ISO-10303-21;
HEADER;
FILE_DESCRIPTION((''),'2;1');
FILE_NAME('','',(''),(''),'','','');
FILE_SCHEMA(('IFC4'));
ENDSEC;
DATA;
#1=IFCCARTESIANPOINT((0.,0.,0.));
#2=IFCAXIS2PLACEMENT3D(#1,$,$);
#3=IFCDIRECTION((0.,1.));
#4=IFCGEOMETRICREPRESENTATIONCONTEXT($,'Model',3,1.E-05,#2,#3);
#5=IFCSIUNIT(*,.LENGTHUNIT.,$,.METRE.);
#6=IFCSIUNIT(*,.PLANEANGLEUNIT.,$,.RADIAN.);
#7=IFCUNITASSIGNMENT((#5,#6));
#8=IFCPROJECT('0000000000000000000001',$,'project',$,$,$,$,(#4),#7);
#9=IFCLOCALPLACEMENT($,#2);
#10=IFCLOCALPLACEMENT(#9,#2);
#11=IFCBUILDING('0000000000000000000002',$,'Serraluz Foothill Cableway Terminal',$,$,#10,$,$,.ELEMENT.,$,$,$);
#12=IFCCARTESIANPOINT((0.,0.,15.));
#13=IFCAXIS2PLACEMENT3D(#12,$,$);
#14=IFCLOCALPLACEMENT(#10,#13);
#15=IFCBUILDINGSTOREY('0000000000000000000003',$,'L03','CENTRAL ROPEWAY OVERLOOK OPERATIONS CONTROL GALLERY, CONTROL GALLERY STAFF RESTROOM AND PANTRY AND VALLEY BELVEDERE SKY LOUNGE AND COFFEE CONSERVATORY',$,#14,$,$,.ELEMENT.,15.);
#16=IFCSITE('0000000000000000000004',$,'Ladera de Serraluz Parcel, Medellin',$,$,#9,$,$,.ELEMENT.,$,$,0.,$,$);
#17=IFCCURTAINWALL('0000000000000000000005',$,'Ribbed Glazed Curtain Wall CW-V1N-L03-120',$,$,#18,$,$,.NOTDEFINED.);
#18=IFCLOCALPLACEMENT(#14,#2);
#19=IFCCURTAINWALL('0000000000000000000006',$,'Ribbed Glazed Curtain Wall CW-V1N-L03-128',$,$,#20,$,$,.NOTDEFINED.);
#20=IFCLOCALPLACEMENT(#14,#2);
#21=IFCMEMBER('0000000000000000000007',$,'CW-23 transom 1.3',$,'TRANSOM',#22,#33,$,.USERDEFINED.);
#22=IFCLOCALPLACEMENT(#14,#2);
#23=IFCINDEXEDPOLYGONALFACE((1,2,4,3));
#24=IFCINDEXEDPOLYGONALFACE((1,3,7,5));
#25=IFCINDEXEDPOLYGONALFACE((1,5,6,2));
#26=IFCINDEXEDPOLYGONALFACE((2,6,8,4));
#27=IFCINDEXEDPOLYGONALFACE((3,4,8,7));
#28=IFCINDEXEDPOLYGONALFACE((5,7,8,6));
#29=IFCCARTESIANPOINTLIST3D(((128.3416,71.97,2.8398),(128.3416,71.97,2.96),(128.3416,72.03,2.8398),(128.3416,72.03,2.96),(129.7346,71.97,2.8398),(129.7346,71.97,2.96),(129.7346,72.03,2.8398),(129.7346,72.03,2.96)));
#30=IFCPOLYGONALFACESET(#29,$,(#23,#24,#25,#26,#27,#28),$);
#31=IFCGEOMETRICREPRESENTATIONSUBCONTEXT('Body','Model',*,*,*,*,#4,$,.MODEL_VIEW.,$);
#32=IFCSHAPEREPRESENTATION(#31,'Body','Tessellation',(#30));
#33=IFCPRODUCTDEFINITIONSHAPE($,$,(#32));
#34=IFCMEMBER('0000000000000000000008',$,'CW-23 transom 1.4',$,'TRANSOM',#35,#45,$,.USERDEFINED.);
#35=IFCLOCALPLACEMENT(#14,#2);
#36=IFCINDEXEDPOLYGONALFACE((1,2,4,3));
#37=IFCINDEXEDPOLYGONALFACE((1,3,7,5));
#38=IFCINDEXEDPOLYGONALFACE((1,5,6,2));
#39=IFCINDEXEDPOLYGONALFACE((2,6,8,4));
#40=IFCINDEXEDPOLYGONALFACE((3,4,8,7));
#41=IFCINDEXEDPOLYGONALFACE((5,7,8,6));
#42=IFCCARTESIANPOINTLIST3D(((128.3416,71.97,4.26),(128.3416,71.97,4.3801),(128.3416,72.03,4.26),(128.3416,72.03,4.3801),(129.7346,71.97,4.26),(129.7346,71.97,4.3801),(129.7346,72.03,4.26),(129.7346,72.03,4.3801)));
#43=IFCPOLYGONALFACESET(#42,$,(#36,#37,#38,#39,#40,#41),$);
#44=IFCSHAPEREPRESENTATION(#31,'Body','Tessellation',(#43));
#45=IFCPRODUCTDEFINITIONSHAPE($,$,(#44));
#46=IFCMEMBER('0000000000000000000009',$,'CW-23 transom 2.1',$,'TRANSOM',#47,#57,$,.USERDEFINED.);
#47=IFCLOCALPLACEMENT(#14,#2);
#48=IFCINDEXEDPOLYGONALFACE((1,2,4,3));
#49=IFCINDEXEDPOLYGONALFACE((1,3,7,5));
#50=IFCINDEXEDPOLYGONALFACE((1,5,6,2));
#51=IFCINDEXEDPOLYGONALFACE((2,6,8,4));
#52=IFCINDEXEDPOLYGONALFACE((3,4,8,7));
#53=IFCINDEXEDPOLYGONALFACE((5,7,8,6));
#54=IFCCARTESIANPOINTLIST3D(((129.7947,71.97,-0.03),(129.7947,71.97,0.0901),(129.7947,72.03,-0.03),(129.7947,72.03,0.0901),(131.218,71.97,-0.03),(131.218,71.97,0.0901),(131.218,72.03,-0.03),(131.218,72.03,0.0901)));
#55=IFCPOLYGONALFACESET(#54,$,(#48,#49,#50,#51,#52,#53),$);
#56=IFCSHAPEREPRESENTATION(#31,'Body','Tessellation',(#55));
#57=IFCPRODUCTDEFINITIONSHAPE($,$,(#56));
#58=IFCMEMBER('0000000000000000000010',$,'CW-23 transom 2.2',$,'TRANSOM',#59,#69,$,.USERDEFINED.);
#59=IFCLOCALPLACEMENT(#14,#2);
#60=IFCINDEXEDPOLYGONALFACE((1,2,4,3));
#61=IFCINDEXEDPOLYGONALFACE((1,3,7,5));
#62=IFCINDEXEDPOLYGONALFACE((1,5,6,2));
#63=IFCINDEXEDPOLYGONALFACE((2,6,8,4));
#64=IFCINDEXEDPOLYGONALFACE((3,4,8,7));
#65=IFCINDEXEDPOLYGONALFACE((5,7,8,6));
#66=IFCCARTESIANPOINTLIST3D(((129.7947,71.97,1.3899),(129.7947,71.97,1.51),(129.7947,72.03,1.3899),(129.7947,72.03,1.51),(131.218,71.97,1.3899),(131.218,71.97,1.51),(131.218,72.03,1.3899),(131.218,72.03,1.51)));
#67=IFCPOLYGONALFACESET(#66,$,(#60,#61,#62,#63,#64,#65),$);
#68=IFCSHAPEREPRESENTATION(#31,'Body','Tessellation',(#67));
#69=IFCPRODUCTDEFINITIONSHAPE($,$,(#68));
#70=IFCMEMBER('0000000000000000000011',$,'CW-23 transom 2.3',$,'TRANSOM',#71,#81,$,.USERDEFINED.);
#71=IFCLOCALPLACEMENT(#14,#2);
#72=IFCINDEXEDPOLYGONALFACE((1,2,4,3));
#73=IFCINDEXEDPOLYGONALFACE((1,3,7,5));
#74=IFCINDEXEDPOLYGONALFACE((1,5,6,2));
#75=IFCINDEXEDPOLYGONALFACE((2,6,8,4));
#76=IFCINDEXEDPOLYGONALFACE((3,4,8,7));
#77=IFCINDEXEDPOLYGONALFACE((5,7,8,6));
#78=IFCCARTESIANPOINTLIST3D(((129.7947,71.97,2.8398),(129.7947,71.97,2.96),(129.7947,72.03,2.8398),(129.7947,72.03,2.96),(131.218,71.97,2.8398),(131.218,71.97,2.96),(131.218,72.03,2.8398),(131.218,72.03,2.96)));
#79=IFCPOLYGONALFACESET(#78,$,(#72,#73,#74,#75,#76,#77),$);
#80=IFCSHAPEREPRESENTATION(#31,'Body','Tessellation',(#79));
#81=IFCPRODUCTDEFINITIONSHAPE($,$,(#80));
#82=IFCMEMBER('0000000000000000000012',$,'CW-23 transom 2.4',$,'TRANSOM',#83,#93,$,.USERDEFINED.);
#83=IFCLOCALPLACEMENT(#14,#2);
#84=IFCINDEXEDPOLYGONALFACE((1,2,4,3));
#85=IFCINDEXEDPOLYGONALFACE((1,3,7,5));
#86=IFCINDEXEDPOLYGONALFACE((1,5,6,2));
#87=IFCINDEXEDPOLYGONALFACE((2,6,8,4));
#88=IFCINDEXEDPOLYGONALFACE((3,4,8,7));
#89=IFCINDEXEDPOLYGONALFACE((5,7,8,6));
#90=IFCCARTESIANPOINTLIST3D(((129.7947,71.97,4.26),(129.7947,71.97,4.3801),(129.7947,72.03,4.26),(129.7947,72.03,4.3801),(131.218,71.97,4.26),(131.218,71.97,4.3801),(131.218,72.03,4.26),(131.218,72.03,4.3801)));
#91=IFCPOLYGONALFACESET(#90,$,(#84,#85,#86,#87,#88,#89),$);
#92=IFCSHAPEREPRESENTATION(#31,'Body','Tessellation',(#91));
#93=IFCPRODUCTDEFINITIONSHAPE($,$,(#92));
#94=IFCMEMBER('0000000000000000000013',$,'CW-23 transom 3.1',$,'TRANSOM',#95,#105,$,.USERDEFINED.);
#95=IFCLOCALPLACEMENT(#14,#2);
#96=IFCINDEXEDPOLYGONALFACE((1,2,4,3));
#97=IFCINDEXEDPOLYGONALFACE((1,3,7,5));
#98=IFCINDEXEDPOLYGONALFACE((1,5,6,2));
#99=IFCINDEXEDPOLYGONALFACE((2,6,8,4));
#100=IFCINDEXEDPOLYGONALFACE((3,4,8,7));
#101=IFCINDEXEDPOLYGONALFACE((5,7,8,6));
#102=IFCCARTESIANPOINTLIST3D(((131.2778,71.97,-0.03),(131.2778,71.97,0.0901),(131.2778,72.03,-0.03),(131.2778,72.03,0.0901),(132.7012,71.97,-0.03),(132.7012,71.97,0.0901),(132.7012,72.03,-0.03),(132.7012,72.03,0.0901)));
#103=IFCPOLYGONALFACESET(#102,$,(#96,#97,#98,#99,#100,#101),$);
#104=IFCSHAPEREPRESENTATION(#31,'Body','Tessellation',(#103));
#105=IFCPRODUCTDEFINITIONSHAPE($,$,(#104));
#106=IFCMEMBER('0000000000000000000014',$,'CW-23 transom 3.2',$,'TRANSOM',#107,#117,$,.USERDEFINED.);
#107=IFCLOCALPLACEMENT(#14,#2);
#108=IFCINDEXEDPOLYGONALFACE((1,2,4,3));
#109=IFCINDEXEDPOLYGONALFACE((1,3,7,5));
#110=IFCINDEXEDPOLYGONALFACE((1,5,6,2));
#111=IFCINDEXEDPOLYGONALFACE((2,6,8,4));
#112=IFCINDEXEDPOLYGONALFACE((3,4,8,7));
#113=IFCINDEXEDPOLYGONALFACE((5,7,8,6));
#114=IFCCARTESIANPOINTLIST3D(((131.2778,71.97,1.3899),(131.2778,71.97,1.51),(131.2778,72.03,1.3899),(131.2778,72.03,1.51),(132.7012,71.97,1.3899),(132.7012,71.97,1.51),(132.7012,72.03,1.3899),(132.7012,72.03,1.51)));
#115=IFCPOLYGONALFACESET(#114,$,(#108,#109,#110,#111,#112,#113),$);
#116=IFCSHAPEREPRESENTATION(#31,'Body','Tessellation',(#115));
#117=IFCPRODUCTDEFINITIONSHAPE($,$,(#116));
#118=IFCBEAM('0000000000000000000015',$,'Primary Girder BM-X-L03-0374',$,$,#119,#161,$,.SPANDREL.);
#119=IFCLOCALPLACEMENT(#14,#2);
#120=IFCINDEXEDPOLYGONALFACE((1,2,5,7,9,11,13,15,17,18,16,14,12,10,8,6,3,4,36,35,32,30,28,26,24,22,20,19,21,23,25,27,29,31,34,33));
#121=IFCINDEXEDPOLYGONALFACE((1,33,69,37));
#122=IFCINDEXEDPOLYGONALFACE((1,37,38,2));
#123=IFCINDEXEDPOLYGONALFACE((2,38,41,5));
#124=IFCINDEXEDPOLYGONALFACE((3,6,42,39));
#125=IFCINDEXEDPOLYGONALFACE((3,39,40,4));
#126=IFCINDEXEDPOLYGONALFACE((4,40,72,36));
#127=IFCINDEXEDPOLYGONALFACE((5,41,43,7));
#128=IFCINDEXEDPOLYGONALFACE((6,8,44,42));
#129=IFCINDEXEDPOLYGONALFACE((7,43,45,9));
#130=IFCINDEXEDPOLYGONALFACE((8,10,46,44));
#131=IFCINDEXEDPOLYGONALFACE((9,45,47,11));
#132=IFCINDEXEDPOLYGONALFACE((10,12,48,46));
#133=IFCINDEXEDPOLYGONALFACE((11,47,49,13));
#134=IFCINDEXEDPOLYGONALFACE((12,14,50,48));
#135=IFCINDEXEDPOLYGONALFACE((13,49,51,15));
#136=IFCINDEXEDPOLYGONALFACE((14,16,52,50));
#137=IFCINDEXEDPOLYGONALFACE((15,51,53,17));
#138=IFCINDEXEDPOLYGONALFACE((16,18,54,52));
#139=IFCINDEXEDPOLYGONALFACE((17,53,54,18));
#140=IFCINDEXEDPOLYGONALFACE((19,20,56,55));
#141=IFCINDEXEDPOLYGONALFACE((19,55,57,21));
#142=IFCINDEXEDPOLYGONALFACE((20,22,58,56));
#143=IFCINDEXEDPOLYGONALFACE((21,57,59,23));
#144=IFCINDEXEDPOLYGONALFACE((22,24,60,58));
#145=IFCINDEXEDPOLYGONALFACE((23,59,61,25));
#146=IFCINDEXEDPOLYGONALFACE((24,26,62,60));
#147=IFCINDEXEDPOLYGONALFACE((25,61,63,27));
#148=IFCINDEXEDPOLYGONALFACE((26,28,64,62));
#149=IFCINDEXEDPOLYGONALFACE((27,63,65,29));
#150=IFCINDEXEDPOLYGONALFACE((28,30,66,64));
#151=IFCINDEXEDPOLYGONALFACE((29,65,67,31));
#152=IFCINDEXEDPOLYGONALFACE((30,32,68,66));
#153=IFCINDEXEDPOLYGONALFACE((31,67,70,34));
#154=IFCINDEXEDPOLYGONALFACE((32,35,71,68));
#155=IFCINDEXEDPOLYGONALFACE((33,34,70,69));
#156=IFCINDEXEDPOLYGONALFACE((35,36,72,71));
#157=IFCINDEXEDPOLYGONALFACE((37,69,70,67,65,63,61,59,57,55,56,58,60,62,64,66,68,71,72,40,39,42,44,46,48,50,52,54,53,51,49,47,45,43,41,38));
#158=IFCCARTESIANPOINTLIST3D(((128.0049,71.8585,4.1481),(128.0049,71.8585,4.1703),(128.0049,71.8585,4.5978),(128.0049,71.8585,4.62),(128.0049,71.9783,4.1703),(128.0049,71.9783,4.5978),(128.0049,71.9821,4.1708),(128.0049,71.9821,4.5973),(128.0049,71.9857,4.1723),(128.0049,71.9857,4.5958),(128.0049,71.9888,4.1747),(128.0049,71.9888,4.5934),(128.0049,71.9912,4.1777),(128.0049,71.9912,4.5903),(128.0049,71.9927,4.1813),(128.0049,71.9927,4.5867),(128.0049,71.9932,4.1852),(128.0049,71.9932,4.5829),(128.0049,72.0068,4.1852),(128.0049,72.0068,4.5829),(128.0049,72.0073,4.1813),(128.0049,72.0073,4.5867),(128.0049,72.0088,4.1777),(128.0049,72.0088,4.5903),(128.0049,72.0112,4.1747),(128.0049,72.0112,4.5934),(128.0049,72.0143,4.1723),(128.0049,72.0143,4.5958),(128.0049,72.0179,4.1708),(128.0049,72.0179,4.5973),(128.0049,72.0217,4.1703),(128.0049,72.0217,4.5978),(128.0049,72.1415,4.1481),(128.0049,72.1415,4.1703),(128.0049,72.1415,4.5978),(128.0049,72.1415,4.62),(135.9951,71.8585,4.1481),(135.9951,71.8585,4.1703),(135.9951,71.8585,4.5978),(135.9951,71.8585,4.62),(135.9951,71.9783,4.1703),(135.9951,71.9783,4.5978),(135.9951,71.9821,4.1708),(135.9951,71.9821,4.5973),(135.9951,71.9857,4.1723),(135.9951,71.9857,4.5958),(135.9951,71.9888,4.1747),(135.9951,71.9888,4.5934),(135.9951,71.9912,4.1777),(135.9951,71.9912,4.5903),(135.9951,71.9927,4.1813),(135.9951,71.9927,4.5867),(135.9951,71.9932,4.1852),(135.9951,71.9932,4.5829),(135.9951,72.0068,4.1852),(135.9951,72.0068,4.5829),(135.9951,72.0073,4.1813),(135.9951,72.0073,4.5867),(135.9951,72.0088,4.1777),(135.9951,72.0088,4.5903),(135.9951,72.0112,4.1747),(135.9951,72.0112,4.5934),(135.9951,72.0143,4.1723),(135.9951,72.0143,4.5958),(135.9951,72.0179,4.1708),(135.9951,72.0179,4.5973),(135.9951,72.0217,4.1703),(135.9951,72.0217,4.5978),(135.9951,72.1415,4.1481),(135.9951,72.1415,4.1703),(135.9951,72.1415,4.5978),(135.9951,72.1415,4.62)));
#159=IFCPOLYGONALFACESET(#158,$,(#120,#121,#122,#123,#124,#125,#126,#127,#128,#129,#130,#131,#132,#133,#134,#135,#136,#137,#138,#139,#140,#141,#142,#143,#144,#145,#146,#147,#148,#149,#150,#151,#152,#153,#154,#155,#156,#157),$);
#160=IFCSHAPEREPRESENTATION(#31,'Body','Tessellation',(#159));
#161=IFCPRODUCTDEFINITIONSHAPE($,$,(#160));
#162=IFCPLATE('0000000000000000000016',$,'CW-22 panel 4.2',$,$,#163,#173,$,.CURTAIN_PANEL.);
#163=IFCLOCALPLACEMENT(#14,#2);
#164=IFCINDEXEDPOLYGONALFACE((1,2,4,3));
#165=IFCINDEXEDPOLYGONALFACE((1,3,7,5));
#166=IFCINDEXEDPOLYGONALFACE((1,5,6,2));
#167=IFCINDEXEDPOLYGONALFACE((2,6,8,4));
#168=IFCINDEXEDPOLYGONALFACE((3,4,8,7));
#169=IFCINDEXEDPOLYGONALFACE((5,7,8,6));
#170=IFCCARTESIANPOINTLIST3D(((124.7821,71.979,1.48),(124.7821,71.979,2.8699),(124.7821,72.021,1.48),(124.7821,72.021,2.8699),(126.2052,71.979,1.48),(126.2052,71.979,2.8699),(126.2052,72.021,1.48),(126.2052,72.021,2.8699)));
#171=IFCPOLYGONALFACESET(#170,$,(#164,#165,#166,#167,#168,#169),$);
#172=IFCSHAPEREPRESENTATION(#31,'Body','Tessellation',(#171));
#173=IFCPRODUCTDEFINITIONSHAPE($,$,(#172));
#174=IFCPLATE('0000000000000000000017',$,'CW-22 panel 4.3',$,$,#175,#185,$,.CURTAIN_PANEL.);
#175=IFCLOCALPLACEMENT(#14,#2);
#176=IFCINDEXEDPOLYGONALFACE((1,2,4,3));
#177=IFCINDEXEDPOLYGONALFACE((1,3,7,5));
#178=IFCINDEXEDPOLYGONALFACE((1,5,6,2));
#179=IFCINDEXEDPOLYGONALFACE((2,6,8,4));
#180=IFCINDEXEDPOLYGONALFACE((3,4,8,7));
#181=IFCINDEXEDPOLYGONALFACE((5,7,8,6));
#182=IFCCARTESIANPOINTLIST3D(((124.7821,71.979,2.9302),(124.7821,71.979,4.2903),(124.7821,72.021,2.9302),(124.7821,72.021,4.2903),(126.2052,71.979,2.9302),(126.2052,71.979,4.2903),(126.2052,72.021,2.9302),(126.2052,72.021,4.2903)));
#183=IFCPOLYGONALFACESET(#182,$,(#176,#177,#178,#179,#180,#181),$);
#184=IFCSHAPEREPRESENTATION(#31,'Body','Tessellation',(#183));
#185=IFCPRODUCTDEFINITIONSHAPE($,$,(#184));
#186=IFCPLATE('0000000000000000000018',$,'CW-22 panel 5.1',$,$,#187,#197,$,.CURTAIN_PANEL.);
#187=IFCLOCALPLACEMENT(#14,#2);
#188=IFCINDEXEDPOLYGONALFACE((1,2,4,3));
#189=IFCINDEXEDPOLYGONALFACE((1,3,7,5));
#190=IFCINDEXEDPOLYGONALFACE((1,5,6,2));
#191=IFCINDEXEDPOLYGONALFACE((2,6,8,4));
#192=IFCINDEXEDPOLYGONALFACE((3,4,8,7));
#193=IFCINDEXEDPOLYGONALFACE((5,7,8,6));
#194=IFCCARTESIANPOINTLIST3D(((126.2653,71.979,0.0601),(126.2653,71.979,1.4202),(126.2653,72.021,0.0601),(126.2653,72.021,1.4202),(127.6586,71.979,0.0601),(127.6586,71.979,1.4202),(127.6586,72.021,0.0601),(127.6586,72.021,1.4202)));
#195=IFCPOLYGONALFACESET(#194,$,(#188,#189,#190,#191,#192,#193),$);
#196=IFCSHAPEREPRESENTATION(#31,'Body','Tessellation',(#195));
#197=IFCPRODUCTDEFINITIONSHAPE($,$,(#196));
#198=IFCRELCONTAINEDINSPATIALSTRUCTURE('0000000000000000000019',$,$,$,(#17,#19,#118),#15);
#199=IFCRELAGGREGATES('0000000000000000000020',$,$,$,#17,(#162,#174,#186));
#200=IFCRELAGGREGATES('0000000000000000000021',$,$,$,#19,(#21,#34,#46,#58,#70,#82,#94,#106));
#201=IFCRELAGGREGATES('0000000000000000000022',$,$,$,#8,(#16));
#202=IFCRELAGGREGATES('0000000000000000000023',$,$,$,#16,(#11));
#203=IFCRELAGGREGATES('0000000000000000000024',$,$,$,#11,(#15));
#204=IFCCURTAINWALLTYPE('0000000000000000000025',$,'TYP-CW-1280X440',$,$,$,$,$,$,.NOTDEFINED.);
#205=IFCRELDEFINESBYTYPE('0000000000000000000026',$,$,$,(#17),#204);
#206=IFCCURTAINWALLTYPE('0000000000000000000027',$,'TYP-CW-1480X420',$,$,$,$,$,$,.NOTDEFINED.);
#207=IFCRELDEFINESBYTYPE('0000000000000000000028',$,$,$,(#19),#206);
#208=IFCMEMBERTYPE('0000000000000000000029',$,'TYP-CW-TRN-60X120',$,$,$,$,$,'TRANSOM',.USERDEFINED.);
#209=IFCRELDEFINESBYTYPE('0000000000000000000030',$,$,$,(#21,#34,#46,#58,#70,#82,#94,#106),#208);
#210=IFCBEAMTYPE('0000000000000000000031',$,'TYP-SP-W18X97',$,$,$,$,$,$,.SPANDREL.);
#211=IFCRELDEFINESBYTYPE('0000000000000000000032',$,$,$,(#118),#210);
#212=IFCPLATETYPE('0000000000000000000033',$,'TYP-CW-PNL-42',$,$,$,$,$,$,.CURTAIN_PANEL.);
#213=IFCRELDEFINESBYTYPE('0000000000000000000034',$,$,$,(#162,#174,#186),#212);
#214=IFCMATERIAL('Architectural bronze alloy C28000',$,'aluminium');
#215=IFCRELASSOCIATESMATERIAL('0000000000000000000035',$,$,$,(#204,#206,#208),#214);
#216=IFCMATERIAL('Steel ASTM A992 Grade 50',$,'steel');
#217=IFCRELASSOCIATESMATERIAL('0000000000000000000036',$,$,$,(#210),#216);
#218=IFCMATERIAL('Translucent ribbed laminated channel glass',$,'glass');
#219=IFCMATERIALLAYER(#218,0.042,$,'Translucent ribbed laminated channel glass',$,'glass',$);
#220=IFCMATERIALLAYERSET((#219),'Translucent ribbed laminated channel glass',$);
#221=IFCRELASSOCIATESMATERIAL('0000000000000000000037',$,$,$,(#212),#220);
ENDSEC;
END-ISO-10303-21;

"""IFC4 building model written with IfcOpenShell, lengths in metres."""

from ifc_helpers import new_model, si_unit, direction, frame, origin, origin_2d, place, context, subcontext, project, spatial, rectangle, i_section, extrude, material, layer, layer_set, material_profile, profile_set, type_object, element, aggregate, save


model = new_model("IFC4")

# Units and contexts
model_context = context("Model", 3, precision=1e-05, world=origin(), true_north=direction((0.0, 1.0)))
body_context = subcontext(model_context, "Body", "Model", "MODEL_VIEW")
ifc_project = project(units=[si_unit("LENGTHUNIT", "METRE"), si_unit("PLANEANGLEUNIT", "RADIAN")], contexts=[model_context])

# Site, building, storey
site_placement = place(None, origin())
site = spatial("IfcSite", under=ifc_project, at=site_placement, Name="Ladera de Serraluz Parcel, Medellin", CompositionType="ELEMENT", RefElevation=0.0)
building_placement = place(site_placement, origin())
building = spatial("IfcBuilding", under=site, at=building_placement, Name="Serraluz Foothill Cableway Terminal", CompositionType="ELEMENT")
storey_placement = place(building_placement, frame((0.0, 0.0, 15.0)))
storey = spatial("IfcBuildingStorey", under=building, at=storey_placement, Name="L03", Description="CENTRAL ROPEWAY OVERLOOK OPERATIONS CONTROL GALLERY, CONTROL GALLERY STAFF RESTROOM AND PANTRY AND VALLEY BELVEDERE SKY LOUNGE AND COFFEE CONSERVATORY", CompositionType="ELEMENT", Elevation=15.0)

# Shared definitions
ifc_material_1 = material(Name="Steel ASTM A992 Grade 50", Category="steel")

# Curtain walls
ifc_material_2 = material(Name="Architectural bronze alloy C28000", Category="aluminium")
curtain_wall_type_1 = type_object("IfcCurtainWallType", Name="TYP-CW-1280X440", PredefinedType="NOTDEFINED", material=ifc_material_2)
curtain_wall_1_placement = place(storey_placement, origin())
curtain_wall_1 = element("IfcCurtainWall", 1, at=curtain_wall_1_placement, inside=storey, type_object=curtain_wall_type_1, Name="Ribbed Glazed Curtain Wall CW-V1N-L03-120", PredefinedType="NOTDEFINED")
curtain_wall_type_2 = type_object("IfcCurtainWallType", Name="TYP-CW-1480X420", PredefinedType="NOTDEFINED", material=ifc_material_2)
curtain_wall_2_placement = place(storey_placement, origin())
curtain_wall_2 = element("IfcCurtainWall", 2, at=curtain_wall_2_placement, inside=storey, type_object=curtain_wall_type_2, Name="Ribbed Glazed Curtain Wall CW-V1N-L03-128", PredefinedType="NOTDEFINED")

# Members
ifc_material_profile_1 = material_profile(ifc_material_2, rectangle(XDim=0.0601, YDim=0.1201, at=origin_2d()), Name="ALU TRANSOM 60x120")
ifc_profile_set_1 = profile_set([ifc_material_profile_1], Name="Architectural bronze alloy C28000")
member_type_1 = type_object("IfcMemberType", Name="TYP-CW-TRN-60X120", ElementType="TRANSOM", PredefinedType="USERDEFINED", material=ifc_profile_set_1)
member_1_placement = place(storey_placement, frame((128.3416, 72.0, 2.8999), z_axis=(1.0, 0.0, 0.0), x_axis=(0.0, 1.0, 0.0)))
member_1 = element("IfcMember", 3, at=member_1_placement, type_object=member_type_1, Name="CW-23 transom 1.3", ObjectType="TRANSOM", PredefinedType="USERDEFINED", context=body_context, shape_type="SweptSolid", body=[
    extrude(rectangle(XDim=0.0601, YDim=0.1201, at=origin_2d()), origin(), (0.0, 0.0, 1.0), 1.3931),
])
member_2_placement = place(storey_placement, frame((128.3416, 72.0, 4.3201), z_axis=(1.0, 0.0, 0.0), x_axis=(0.0, 1.0, 0.0)))
member_2 = element("IfcMember", 4, at=member_2_placement, type_object=member_type_1, Name="CW-23 transom 1.4", ObjectType="TRANSOM", PredefinedType="USERDEFINED", context=body_context, shape_type="SweptSolid", body=[
    extrude(rectangle(XDim=0.0601, YDim=0.1201, at=origin_2d()), origin(), (0.0, 0.0, 1.0), 1.3931),
])
member_3_placement = place(storey_placement, frame((129.7947, 72.0, 0.03), z_axis=(1.0, 0.0, 0.0), x_axis=(0.0, 1.0, 0.0)))
member_3 = element("IfcMember", 5, at=member_3_placement, type_object=member_type_1, Name="CW-23 transom 2.1", ObjectType="TRANSOM", PredefinedType="USERDEFINED", context=body_context, shape_type="SweptSolid", body=[
    extrude(rectangle(XDim=0.0601, YDim=0.1201, at=origin_2d()), origin(), (0.0, 0.0, 1.0), 1.4233),
])
member_4_placement = place(storey_placement, frame((129.7947, 72.0, 1.45), z_axis=(1.0, 0.0, 0.0), x_axis=(0.0, 1.0, 0.0)))
member_4 = element("IfcMember", 6, at=member_4_placement, type_object=member_type_1, Name="CW-23 transom 2.2", ObjectType="TRANSOM", PredefinedType="USERDEFINED", context=body_context, shape_type="SweptSolid", body=[
    extrude(rectangle(XDim=0.0601, YDim=0.1201, at=origin_2d()), origin(), (0.0, 0.0, 1.0), 1.4233),
])
member_5_placement = place(storey_placement, frame((129.7947, 72.0, 2.8999), z_axis=(1.0, 0.0, 0.0), x_axis=(0.0, 1.0, 0.0)))
member_5 = element("IfcMember", 7, at=member_5_placement, type_object=member_type_1, Name="CW-23 transom 2.3", ObjectType="TRANSOM", PredefinedType="USERDEFINED", context=body_context, shape_type="SweptSolid", body=[
    extrude(rectangle(XDim=0.0601, YDim=0.1201, at=origin_2d()), origin(), (0.0, 0.0, 1.0), 1.4233),
])
member_6_placement = place(storey_placement, frame((129.7947, 72.0, 4.3201), z_axis=(1.0, 0.0, 0.0), x_axis=(0.0, 1.0, 0.0)))
member_6 = element("IfcMember", 8, at=member_6_placement, type_object=member_type_1, Name="CW-23 transom 2.4", ObjectType="TRANSOM", PredefinedType="USERDEFINED", context=body_context, shape_type="SweptSolid", body=[
    extrude(rectangle(XDim=0.0601, YDim=0.1201, at=origin_2d()), origin(), (0.0, 0.0, 1.0), 1.4233),
])
member_7_placement = place(storey_placement, frame((131.2778, 72.0, 0.03), z_axis=(1.0, 0.0, 0.0), x_axis=(0.0, 1.0, 0.0)))
member_7 = element("IfcMember", 9, at=member_7_placement, type_object=member_type_1, Name="CW-23 transom 3.1", ObjectType="TRANSOM", PredefinedType="USERDEFINED", context=body_context, shape_type="SweptSolid", body=[
    extrude(rectangle(XDim=0.0601, YDim=0.1201, at=origin_2d()), origin(), (0.0, 0.0, 1.0), 1.4233),
])
member_8_placement = place(storey_placement, frame((131.2778, 72.0, 1.45), z_axis=(1.0, 0.0, 0.0), x_axis=(0.0, 1.0, 0.0)))
member_8 = element("IfcMember", 10, at=member_8_placement, type_object=member_type_1, Name="CW-23 transom 3.2", ObjectType="TRANSOM", PredefinedType="USERDEFINED", context=body_context, shape_type="SweptSolid", body=[
    extrude(rectangle(XDim=0.0601, YDim=0.1201, at=origin_2d()), origin(), (0.0, 0.0, 1.0), 1.4233),
])

# Beam
ifc_material_profile_2 = material_profile(ifc_material_1, i_section(OverallWidth=0.283, OverallDepth=0.4719, WebThickness=0.0137, FlangeThickness=0.0222, FilletRadius=0.0149, at=origin_2d()), Name="W18X97")
ifc_profile_set_2 = profile_set([ifc_material_profile_2], Name="Steel ASTM A992 Grade 50")
beam_type = type_object("IfcBeamType", Name="TYP-SP-W18X97", PredefinedType="SPANDREL", material=ifc_profile_set_2)
beam_placement = place(storey_placement, frame((128.0049, 72.0, 4.384), z_axis=(1.0, 0.0, 0.0), x_axis=(0.0, 1.0, 0.0)))
element("IfcBeam", 11, at=beam_placement, inside=storey, type_object=beam_type, Name="Primary Girder BM-X-L03-0374", PredefinedType="SPANDREL", context=body_context, shape_type="SweptSolid", body=[
    extrude(i_section(OverallWidth=0.283, OverallDepth=0.4719, WebThickness=0.0137, FlangeThickness=0.0222, FilletRadius=0.0149, at=origin_2d()), origin(), (0.0, 0.0, 1.0), 7.9902),
])

# Plates
ifc_material_3 = material(Name="Translucent ribbed laminated channel glass", Category="glass")
ifc_layer_1 = layer(ifc_material_3, 0.042, Name="Translucent ribbed laminated channel glass", Category="glass")
ifc_layer_set_1 = layer_set([ifc_layer_1], Name="Translucent ribbed laminated channel glass")
plate_type = type_object("IfcPlateType", Name="TYP-CW-PNL-42", PredefinedType="CURTAIN_PANEL", material=ifc_layer_set_1)
plate_1_placement = place(storey_placement, frame((125.4937, 72.0, 1.48), z_axis=(0.0, 0.0, 1.0), x_axis=(1.0, 0.0, 0.0)))
plate_1 = element("IfcPlate", 12, at=plate_1_placement, type_object=plate_type, Name="CW-22 panel 4.2", PredefinedType="CURTAIN_PANEL", context=body_context, shape_type="SweptSolid", body=[
    extrude(rectangle(XDim=1.4231, YDim=0.042, at=origin_2d()), origin(), (0.0, 0.0, 1.0), 1.3899),
])
plate_2_placement = place(storey_placement, frame((125.4937, 72.0, 2.9302), z_axis=(0.0, 0.0, 1.0), x_axis=(1.0, 0.0, 0.0)))
plate_2 = element("IfcPlate", 13, at=plate_2_placement, type_object=plate_type, Name="CW-22 panel 4.3", PredefinedType="CURTAIN_PANEL", context=body_context, shape_type="SweptSolid", body=[
    extrude(rectangle(XDim=1.4231, YDim=0.042, at=origin_2d()), origin(), (0.0, 0.0, 1.0), 1.3601),
])
plate_3_placement = place(storey_placement, frame((126.9619, 72.0, 0.0601), z_axis=(0.0, 0.0, 1.0), x_axis=(1.0, 0.0, 0.0)))
plate_3 = element("IfcPlate", 14, at=plate_3_placement, type_object=plate_type, Name="CW-22 panel 5.1", PredefinedType="CURTAIN_PANEL", context=body_context, shape_type="SweptSolid", body=[
    extrude(rectangle(XDim=1.3933, YDim=0.042, at=origin_2d()), origin(), (0.0, 0.0, 1.0), 1.3601),
])
aggregate(curtain_wall_1, [plate_1, plate_2, plate_3])
aggregate(curtain_wall_2, [member_1, member_2, member_3, member_4, member_5, member_6, member_7, member_8])

save(model, "model.ifc")
